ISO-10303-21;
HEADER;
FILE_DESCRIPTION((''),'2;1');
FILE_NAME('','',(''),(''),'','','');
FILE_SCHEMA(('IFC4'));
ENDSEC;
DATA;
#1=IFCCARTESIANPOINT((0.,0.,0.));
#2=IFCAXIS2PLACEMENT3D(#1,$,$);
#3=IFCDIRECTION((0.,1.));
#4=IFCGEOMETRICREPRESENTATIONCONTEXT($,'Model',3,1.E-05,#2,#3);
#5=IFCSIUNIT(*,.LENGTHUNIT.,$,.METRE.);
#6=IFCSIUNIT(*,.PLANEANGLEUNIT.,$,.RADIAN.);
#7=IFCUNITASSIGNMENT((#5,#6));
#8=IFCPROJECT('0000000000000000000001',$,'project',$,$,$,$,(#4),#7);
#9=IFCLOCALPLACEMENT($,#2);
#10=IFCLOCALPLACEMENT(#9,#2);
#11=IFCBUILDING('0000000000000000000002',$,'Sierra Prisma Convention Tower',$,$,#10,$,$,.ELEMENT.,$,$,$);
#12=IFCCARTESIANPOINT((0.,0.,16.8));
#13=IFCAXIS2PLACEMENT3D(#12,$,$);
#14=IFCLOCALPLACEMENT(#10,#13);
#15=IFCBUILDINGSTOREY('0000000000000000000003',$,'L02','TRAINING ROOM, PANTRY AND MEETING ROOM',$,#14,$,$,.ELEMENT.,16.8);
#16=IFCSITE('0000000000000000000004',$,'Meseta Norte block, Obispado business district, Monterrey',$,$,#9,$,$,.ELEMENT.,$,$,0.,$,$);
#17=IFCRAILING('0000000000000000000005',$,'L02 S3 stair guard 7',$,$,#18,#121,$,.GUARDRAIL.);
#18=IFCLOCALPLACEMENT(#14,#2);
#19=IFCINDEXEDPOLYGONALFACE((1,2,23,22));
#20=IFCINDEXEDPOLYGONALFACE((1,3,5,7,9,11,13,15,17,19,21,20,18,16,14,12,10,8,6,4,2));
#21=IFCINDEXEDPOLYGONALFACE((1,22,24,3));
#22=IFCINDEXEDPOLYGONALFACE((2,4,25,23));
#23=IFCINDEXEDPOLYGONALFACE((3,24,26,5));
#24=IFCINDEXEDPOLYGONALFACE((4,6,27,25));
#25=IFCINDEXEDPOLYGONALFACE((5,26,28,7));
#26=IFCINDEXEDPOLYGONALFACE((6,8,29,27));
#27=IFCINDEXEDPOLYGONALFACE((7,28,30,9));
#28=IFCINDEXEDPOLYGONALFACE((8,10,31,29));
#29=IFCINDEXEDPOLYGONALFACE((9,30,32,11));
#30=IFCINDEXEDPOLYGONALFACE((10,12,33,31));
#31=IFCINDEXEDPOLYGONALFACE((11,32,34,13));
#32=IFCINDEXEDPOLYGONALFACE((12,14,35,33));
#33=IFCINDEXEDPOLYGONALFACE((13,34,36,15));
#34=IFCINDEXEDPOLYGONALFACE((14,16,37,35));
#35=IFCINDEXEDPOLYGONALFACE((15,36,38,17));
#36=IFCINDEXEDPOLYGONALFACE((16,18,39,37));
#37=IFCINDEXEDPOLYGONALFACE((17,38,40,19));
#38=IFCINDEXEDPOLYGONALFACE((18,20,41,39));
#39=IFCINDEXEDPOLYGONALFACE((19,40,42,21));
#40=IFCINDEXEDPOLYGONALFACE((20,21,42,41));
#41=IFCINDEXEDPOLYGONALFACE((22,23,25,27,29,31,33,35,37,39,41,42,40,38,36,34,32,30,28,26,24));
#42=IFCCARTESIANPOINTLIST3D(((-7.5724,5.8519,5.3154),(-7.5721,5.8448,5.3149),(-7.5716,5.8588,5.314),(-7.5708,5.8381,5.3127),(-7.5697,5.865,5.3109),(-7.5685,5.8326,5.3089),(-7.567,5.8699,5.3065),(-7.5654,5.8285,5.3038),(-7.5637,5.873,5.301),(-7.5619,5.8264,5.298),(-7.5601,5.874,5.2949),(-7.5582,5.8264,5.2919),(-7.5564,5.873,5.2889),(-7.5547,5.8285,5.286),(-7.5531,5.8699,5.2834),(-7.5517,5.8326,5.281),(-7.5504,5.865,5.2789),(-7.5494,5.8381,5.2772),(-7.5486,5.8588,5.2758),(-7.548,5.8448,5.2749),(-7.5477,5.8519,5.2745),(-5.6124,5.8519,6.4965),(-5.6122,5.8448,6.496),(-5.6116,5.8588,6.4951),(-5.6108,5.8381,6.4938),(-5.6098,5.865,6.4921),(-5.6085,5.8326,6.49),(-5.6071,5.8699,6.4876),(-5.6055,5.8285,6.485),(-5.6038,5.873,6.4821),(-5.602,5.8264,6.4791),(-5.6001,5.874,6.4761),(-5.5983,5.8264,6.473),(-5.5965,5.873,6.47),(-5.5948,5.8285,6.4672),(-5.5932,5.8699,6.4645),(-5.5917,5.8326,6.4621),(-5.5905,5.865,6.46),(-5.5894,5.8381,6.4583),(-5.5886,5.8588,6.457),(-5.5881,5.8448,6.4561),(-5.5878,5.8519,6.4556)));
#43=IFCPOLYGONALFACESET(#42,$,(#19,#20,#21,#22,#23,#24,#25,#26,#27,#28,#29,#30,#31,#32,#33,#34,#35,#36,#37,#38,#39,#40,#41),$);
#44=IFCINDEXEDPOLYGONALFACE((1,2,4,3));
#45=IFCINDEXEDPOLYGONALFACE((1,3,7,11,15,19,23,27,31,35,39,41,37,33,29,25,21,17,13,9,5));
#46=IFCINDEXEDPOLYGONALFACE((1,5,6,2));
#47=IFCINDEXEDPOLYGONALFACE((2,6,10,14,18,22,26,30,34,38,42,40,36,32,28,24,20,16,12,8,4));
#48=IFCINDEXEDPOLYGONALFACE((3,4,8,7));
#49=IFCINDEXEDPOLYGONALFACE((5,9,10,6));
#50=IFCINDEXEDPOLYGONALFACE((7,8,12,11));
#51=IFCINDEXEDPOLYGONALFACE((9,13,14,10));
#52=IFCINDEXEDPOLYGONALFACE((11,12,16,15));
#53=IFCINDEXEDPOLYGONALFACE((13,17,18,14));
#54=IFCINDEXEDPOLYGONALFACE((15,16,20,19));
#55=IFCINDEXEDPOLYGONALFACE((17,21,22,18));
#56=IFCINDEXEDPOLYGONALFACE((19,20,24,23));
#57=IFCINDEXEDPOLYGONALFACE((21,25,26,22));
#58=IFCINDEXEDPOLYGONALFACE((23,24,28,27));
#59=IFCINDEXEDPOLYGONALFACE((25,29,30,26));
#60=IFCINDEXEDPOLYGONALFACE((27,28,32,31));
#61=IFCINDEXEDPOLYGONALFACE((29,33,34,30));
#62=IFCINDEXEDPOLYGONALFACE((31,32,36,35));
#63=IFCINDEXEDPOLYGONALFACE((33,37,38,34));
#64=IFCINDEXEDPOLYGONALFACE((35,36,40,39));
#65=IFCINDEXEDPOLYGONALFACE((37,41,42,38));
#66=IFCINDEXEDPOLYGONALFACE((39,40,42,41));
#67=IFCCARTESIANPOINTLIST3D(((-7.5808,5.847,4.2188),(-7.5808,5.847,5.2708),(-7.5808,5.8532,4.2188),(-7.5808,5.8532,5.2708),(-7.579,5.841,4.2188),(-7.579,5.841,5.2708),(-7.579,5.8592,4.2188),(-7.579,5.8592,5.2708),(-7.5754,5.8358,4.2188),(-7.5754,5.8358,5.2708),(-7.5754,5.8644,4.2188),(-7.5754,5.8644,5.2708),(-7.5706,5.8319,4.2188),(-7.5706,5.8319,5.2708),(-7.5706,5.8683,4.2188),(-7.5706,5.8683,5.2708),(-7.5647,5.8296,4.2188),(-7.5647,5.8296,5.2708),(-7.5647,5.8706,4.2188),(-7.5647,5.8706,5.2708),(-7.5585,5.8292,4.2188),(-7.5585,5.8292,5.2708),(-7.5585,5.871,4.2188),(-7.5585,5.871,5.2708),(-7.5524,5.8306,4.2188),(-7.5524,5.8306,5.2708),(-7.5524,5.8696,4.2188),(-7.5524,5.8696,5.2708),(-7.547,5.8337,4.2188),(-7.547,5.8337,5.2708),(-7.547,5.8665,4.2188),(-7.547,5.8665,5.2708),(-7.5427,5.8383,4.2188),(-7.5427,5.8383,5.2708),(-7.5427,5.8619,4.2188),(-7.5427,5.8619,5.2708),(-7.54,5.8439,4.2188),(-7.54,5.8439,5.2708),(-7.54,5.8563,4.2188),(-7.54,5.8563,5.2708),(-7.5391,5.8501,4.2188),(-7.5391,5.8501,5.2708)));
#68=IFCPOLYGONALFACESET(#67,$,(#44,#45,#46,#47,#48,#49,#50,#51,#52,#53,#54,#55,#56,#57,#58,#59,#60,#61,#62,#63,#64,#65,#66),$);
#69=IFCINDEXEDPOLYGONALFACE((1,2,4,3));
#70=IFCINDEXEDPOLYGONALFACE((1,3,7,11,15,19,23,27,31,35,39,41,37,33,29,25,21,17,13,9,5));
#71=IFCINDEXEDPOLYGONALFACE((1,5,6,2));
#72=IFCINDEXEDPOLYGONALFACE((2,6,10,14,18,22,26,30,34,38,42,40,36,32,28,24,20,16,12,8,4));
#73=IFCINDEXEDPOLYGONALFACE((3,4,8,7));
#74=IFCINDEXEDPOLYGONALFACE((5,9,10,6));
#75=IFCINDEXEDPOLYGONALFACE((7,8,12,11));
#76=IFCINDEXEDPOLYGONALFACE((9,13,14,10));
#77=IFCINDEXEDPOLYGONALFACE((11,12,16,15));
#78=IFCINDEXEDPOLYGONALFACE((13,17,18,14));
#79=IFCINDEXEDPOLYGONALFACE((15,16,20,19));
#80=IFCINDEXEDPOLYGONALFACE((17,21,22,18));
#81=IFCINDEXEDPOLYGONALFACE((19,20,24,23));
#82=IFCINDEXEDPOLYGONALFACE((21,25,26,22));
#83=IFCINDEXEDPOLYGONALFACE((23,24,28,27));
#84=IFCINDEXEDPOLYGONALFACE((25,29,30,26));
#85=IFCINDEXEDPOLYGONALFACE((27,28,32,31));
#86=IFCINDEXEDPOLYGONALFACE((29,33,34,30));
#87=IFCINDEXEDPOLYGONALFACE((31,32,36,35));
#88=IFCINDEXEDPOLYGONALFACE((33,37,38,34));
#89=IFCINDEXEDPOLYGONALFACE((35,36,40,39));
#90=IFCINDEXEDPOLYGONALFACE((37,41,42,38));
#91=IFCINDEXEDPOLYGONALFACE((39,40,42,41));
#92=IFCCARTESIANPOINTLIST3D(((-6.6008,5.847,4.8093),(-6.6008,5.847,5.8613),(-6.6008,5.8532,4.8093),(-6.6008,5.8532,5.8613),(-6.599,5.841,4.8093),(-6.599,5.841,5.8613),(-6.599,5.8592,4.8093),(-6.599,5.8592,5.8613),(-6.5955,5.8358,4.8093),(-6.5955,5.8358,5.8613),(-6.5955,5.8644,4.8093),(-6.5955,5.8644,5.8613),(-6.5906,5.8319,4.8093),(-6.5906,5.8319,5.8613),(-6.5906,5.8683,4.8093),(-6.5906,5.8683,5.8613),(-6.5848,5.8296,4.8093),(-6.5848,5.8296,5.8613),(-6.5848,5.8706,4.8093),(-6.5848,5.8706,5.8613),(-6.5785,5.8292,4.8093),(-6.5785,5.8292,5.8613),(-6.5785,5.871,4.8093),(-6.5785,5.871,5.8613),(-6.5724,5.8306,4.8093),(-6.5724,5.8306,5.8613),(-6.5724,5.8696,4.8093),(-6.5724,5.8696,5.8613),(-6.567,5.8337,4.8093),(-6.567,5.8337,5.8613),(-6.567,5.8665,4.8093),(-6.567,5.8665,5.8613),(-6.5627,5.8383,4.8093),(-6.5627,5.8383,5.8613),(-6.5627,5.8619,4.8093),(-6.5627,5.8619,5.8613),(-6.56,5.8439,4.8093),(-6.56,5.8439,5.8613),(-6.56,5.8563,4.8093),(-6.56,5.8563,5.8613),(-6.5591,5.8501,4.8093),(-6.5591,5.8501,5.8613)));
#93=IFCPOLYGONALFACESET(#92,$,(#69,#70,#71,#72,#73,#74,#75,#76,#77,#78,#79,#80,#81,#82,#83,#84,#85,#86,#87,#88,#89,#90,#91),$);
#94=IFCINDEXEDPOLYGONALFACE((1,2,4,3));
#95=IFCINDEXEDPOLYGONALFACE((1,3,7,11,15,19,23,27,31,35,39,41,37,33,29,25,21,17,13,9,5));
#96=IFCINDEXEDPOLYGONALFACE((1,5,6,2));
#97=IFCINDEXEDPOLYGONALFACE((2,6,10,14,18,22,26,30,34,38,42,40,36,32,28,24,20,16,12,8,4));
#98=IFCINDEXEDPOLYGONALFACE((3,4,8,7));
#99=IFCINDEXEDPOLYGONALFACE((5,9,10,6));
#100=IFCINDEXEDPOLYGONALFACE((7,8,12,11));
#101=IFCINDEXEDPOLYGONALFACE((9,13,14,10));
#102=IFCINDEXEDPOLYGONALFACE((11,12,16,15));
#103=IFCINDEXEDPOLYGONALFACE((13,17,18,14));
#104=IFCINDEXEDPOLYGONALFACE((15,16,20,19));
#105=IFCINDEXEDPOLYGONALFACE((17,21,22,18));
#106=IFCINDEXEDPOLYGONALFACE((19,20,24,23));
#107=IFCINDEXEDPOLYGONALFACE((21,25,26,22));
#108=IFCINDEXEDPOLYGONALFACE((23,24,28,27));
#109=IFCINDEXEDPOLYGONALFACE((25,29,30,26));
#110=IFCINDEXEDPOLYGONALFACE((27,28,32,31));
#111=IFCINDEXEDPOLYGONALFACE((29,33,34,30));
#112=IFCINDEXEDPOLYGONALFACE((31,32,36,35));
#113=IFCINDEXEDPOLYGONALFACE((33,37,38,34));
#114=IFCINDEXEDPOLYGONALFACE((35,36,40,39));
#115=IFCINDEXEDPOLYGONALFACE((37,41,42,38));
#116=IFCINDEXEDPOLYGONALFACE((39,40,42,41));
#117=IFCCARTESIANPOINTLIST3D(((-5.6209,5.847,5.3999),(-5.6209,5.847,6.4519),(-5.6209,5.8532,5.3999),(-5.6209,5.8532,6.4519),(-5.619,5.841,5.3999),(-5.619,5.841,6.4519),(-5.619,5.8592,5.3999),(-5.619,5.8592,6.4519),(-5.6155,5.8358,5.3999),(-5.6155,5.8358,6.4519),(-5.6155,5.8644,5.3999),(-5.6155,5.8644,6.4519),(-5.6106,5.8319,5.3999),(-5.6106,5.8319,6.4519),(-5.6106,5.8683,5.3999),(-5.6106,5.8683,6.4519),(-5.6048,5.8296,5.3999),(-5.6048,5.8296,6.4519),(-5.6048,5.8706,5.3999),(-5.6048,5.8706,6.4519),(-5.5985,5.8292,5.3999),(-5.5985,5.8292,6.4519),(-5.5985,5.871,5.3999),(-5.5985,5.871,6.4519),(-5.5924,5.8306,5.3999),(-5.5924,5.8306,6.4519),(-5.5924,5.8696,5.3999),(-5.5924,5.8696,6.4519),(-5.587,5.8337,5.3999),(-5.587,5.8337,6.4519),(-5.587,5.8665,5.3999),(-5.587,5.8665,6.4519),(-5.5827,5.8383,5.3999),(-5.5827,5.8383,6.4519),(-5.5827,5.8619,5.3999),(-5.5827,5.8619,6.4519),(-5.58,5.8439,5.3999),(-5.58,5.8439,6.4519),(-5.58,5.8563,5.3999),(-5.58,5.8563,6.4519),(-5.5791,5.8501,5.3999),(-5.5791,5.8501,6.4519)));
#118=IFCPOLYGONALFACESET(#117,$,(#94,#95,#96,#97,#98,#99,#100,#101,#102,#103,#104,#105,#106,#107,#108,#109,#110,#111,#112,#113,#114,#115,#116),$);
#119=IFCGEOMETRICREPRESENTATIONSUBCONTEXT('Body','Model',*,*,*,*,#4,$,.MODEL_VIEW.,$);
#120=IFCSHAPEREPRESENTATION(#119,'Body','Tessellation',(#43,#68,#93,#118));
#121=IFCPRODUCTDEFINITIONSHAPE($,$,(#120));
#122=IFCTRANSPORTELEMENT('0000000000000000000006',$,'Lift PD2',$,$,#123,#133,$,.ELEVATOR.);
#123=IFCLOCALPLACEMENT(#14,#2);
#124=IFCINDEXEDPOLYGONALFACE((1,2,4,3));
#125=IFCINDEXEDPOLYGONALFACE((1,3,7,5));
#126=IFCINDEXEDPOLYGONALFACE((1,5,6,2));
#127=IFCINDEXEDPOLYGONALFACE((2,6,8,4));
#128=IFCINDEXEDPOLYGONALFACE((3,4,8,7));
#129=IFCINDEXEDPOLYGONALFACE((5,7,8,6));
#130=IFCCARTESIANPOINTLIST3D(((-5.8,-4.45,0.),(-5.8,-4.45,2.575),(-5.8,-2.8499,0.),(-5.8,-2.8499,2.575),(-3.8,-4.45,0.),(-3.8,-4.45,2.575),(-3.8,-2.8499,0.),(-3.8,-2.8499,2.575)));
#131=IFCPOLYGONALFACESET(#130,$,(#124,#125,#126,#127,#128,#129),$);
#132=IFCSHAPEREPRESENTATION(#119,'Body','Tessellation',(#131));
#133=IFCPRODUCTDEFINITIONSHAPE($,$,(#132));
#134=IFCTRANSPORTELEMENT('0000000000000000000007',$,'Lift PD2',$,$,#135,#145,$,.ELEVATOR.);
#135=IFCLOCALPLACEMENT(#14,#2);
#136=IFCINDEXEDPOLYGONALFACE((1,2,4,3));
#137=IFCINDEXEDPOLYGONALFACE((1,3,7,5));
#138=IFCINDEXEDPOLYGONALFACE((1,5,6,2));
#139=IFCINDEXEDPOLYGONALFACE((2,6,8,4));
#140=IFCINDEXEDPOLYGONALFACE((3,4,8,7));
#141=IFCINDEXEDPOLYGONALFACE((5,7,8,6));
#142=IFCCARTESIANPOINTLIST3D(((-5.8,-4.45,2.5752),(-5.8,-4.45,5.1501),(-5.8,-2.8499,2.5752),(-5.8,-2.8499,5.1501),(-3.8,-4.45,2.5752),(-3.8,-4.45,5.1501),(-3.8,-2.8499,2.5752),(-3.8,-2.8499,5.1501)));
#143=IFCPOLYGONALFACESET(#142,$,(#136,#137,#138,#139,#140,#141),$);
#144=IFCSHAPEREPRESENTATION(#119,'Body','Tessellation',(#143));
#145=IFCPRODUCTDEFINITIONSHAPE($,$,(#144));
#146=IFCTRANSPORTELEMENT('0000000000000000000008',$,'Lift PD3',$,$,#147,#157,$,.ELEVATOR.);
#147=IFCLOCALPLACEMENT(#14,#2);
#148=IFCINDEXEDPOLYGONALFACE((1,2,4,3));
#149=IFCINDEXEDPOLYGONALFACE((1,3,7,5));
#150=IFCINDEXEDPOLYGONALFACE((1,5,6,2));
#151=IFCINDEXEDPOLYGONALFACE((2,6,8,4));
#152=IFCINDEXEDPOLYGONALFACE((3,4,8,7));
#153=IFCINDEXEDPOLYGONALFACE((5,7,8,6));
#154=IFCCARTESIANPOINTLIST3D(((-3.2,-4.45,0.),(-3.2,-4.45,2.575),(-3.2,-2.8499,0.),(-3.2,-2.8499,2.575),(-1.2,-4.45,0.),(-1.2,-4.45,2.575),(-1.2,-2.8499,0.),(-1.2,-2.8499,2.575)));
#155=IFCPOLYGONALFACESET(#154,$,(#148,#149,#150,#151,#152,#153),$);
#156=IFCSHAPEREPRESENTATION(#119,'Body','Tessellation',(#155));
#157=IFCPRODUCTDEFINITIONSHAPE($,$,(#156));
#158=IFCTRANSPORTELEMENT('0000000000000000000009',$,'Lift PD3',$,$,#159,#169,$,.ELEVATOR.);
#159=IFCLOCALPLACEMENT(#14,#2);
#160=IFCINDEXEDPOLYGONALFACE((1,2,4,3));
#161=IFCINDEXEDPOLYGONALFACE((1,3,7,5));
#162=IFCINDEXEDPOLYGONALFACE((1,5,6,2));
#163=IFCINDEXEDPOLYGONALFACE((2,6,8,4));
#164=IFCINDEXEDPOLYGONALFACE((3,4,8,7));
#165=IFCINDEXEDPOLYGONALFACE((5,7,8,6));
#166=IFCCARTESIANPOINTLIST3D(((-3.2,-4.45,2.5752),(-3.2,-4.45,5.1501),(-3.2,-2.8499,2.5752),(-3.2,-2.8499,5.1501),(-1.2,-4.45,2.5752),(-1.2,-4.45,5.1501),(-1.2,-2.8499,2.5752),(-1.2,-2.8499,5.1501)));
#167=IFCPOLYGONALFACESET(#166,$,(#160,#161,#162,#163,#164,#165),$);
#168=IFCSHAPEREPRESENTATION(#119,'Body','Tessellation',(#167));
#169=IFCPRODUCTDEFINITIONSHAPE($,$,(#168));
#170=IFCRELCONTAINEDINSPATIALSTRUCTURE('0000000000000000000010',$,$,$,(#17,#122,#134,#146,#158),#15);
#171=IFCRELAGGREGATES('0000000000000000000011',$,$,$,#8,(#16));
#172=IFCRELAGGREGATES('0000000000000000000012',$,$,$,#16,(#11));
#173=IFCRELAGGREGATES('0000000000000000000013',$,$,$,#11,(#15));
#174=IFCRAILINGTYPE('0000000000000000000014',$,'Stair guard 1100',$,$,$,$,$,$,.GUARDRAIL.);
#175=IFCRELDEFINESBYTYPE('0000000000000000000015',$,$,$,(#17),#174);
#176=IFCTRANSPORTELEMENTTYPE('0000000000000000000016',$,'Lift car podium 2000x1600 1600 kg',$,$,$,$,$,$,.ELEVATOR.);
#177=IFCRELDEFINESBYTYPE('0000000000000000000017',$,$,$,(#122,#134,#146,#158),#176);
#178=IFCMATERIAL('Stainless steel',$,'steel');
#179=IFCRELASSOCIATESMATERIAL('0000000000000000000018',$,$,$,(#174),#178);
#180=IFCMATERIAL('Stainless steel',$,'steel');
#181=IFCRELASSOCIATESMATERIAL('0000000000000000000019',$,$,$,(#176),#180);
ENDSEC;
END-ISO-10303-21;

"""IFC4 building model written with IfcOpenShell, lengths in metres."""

from ifc_helpers import new_model, si_unit, direction, frame, origin, origin_2d, place, context, subcontext, project, spatial, rectangle, circle, extrude, material, type_object, element, save


model = new_model("IFC4")

# Units and contexts
model_context = context("Model", 3, precision=1e-05, world=origin(), true_north=direction((0.0, 1.0)))
body_context = subcontext(model_context, "Body", "Model", "MODEL_VIEW")
ifc_project = project(units=[si_unit("LENGTHUNIT", "METRE"), si_unit("PLANEANGLEUNIT", "RADIAN")], contexts=[model_context])

# Site, building, storey
site_placement = place(None, origin())
site = spatial("IfcSite", under=ifc_project, at=site_placement, Name="Meseta Norte block, Obispado business district, Monterrey", CompositionType="ELEMENT", RefElevation=0.0)
building_placement = place(site_placement, origin())
building = spatial("IfcBuilding", under=site, at=building_placement, Name="Sierra Prisma Convention Tower", CompositionType="ELEMENT")
storey_placement = place(building_placement, frame((0.0, 0.0, 16.8)))
storey = spatial("IfcBuildingStorey", under=building, at=storey_placement, Name="L02", Description="TRAINING ROOM, PANTRY AND MEETING ROOM", CompositionType="ELEMENT", Elevation=16.8)

# Railing
ifc_material_1 = material(Name="Stainless steel", Category="steel")
railing_type = type_object("IfcRailingType", Name="Stair guard 1100", PredefinedType="GUARDRAIL", material=ifc_material_1)
railing_1_placement = place(storey_placement, frame((-7.5601, 5.8501, 4.2188)))
element("IfcRailing", 1, at=railing_1_placement, inside=storey, type_object=railing_type, Name="L02 S3 stair guard 7", PredefinedType="GUARDRAIL", context=body_context, shape_type="SweptSolid", body=[
    extrude(circle(Radius=0.0239, at=origin_2d()), frame((0.0, 0.0, 1.0762), z_axis=(0.856493, 0.0, 0.516158), x_axis=(0.0, 1.0, 0.0)), (0.0, 0.0, 1.0), 2.2883),
    extrude(circle(Radius=0.021, at=origin_2d()), origin(), (0.0, 0.0, 1.0), 1.052),
    extrude(circle(Radius=0.021, at=origin_2d()), frame((0.98, 0.0, 0.5906)), (0.0, 0.0, 1.0), 1.052),
    extrude(circle(Radius=0.021, at=origin_2d()), frame((1.96, 0.0, 1.1812)), (0.0, 0.0, 1.0), 1.052),
])

# Transport elements
ifc_material_2 = material(Name="Stainless steel", Category="steel")
transport_element_type = type_object("IfcTransportElementType", Name="Lift car podium 2000x1600 1600 kg", PredefinedType="ELEVATOR", material=ifc_material_2)
for number, where, z_axis, x_axis, name in (
    (2, (-4.8, -3.6499, 0.0), (0.0, 0.0, 1.0), (1.0, 0.0, 0.0), "Lift PD2"),
    (3, (-4.8, -3.6499, 2.5752), (0.0, 0.0, 1.0), (1.0, 0.0, 0.0), "Lift PD2"),
    (4, (-2.2, -3.6499, 0.0), (0.0, 0.0, 1.0), (1.0, 0.0, 0.0), "Lift PD3"),
    (5, (-2.2, -3.6499, 2.5752), (0.0, 0.0, 1.0), (1.0, 0.0, 0.0), "Lift PD3"),
):
    element("IfcTransportElement", number, at=place(storey_placement, frame(where, z_axis=z_axis, x_axis=x_axis)), inside=storey, type_object=transport_element_type, Name=name, PredefinedType="ELEVATOR", context=body_context, shape_type="SweptSolid", body=[
        extrude(rectangle(XDim=2.0, YDim=1.6001, at=origin_2d()), origin(), (0.0, 0.0, 1.0), 2.575),
    ])

save(model, "model.ifc")
